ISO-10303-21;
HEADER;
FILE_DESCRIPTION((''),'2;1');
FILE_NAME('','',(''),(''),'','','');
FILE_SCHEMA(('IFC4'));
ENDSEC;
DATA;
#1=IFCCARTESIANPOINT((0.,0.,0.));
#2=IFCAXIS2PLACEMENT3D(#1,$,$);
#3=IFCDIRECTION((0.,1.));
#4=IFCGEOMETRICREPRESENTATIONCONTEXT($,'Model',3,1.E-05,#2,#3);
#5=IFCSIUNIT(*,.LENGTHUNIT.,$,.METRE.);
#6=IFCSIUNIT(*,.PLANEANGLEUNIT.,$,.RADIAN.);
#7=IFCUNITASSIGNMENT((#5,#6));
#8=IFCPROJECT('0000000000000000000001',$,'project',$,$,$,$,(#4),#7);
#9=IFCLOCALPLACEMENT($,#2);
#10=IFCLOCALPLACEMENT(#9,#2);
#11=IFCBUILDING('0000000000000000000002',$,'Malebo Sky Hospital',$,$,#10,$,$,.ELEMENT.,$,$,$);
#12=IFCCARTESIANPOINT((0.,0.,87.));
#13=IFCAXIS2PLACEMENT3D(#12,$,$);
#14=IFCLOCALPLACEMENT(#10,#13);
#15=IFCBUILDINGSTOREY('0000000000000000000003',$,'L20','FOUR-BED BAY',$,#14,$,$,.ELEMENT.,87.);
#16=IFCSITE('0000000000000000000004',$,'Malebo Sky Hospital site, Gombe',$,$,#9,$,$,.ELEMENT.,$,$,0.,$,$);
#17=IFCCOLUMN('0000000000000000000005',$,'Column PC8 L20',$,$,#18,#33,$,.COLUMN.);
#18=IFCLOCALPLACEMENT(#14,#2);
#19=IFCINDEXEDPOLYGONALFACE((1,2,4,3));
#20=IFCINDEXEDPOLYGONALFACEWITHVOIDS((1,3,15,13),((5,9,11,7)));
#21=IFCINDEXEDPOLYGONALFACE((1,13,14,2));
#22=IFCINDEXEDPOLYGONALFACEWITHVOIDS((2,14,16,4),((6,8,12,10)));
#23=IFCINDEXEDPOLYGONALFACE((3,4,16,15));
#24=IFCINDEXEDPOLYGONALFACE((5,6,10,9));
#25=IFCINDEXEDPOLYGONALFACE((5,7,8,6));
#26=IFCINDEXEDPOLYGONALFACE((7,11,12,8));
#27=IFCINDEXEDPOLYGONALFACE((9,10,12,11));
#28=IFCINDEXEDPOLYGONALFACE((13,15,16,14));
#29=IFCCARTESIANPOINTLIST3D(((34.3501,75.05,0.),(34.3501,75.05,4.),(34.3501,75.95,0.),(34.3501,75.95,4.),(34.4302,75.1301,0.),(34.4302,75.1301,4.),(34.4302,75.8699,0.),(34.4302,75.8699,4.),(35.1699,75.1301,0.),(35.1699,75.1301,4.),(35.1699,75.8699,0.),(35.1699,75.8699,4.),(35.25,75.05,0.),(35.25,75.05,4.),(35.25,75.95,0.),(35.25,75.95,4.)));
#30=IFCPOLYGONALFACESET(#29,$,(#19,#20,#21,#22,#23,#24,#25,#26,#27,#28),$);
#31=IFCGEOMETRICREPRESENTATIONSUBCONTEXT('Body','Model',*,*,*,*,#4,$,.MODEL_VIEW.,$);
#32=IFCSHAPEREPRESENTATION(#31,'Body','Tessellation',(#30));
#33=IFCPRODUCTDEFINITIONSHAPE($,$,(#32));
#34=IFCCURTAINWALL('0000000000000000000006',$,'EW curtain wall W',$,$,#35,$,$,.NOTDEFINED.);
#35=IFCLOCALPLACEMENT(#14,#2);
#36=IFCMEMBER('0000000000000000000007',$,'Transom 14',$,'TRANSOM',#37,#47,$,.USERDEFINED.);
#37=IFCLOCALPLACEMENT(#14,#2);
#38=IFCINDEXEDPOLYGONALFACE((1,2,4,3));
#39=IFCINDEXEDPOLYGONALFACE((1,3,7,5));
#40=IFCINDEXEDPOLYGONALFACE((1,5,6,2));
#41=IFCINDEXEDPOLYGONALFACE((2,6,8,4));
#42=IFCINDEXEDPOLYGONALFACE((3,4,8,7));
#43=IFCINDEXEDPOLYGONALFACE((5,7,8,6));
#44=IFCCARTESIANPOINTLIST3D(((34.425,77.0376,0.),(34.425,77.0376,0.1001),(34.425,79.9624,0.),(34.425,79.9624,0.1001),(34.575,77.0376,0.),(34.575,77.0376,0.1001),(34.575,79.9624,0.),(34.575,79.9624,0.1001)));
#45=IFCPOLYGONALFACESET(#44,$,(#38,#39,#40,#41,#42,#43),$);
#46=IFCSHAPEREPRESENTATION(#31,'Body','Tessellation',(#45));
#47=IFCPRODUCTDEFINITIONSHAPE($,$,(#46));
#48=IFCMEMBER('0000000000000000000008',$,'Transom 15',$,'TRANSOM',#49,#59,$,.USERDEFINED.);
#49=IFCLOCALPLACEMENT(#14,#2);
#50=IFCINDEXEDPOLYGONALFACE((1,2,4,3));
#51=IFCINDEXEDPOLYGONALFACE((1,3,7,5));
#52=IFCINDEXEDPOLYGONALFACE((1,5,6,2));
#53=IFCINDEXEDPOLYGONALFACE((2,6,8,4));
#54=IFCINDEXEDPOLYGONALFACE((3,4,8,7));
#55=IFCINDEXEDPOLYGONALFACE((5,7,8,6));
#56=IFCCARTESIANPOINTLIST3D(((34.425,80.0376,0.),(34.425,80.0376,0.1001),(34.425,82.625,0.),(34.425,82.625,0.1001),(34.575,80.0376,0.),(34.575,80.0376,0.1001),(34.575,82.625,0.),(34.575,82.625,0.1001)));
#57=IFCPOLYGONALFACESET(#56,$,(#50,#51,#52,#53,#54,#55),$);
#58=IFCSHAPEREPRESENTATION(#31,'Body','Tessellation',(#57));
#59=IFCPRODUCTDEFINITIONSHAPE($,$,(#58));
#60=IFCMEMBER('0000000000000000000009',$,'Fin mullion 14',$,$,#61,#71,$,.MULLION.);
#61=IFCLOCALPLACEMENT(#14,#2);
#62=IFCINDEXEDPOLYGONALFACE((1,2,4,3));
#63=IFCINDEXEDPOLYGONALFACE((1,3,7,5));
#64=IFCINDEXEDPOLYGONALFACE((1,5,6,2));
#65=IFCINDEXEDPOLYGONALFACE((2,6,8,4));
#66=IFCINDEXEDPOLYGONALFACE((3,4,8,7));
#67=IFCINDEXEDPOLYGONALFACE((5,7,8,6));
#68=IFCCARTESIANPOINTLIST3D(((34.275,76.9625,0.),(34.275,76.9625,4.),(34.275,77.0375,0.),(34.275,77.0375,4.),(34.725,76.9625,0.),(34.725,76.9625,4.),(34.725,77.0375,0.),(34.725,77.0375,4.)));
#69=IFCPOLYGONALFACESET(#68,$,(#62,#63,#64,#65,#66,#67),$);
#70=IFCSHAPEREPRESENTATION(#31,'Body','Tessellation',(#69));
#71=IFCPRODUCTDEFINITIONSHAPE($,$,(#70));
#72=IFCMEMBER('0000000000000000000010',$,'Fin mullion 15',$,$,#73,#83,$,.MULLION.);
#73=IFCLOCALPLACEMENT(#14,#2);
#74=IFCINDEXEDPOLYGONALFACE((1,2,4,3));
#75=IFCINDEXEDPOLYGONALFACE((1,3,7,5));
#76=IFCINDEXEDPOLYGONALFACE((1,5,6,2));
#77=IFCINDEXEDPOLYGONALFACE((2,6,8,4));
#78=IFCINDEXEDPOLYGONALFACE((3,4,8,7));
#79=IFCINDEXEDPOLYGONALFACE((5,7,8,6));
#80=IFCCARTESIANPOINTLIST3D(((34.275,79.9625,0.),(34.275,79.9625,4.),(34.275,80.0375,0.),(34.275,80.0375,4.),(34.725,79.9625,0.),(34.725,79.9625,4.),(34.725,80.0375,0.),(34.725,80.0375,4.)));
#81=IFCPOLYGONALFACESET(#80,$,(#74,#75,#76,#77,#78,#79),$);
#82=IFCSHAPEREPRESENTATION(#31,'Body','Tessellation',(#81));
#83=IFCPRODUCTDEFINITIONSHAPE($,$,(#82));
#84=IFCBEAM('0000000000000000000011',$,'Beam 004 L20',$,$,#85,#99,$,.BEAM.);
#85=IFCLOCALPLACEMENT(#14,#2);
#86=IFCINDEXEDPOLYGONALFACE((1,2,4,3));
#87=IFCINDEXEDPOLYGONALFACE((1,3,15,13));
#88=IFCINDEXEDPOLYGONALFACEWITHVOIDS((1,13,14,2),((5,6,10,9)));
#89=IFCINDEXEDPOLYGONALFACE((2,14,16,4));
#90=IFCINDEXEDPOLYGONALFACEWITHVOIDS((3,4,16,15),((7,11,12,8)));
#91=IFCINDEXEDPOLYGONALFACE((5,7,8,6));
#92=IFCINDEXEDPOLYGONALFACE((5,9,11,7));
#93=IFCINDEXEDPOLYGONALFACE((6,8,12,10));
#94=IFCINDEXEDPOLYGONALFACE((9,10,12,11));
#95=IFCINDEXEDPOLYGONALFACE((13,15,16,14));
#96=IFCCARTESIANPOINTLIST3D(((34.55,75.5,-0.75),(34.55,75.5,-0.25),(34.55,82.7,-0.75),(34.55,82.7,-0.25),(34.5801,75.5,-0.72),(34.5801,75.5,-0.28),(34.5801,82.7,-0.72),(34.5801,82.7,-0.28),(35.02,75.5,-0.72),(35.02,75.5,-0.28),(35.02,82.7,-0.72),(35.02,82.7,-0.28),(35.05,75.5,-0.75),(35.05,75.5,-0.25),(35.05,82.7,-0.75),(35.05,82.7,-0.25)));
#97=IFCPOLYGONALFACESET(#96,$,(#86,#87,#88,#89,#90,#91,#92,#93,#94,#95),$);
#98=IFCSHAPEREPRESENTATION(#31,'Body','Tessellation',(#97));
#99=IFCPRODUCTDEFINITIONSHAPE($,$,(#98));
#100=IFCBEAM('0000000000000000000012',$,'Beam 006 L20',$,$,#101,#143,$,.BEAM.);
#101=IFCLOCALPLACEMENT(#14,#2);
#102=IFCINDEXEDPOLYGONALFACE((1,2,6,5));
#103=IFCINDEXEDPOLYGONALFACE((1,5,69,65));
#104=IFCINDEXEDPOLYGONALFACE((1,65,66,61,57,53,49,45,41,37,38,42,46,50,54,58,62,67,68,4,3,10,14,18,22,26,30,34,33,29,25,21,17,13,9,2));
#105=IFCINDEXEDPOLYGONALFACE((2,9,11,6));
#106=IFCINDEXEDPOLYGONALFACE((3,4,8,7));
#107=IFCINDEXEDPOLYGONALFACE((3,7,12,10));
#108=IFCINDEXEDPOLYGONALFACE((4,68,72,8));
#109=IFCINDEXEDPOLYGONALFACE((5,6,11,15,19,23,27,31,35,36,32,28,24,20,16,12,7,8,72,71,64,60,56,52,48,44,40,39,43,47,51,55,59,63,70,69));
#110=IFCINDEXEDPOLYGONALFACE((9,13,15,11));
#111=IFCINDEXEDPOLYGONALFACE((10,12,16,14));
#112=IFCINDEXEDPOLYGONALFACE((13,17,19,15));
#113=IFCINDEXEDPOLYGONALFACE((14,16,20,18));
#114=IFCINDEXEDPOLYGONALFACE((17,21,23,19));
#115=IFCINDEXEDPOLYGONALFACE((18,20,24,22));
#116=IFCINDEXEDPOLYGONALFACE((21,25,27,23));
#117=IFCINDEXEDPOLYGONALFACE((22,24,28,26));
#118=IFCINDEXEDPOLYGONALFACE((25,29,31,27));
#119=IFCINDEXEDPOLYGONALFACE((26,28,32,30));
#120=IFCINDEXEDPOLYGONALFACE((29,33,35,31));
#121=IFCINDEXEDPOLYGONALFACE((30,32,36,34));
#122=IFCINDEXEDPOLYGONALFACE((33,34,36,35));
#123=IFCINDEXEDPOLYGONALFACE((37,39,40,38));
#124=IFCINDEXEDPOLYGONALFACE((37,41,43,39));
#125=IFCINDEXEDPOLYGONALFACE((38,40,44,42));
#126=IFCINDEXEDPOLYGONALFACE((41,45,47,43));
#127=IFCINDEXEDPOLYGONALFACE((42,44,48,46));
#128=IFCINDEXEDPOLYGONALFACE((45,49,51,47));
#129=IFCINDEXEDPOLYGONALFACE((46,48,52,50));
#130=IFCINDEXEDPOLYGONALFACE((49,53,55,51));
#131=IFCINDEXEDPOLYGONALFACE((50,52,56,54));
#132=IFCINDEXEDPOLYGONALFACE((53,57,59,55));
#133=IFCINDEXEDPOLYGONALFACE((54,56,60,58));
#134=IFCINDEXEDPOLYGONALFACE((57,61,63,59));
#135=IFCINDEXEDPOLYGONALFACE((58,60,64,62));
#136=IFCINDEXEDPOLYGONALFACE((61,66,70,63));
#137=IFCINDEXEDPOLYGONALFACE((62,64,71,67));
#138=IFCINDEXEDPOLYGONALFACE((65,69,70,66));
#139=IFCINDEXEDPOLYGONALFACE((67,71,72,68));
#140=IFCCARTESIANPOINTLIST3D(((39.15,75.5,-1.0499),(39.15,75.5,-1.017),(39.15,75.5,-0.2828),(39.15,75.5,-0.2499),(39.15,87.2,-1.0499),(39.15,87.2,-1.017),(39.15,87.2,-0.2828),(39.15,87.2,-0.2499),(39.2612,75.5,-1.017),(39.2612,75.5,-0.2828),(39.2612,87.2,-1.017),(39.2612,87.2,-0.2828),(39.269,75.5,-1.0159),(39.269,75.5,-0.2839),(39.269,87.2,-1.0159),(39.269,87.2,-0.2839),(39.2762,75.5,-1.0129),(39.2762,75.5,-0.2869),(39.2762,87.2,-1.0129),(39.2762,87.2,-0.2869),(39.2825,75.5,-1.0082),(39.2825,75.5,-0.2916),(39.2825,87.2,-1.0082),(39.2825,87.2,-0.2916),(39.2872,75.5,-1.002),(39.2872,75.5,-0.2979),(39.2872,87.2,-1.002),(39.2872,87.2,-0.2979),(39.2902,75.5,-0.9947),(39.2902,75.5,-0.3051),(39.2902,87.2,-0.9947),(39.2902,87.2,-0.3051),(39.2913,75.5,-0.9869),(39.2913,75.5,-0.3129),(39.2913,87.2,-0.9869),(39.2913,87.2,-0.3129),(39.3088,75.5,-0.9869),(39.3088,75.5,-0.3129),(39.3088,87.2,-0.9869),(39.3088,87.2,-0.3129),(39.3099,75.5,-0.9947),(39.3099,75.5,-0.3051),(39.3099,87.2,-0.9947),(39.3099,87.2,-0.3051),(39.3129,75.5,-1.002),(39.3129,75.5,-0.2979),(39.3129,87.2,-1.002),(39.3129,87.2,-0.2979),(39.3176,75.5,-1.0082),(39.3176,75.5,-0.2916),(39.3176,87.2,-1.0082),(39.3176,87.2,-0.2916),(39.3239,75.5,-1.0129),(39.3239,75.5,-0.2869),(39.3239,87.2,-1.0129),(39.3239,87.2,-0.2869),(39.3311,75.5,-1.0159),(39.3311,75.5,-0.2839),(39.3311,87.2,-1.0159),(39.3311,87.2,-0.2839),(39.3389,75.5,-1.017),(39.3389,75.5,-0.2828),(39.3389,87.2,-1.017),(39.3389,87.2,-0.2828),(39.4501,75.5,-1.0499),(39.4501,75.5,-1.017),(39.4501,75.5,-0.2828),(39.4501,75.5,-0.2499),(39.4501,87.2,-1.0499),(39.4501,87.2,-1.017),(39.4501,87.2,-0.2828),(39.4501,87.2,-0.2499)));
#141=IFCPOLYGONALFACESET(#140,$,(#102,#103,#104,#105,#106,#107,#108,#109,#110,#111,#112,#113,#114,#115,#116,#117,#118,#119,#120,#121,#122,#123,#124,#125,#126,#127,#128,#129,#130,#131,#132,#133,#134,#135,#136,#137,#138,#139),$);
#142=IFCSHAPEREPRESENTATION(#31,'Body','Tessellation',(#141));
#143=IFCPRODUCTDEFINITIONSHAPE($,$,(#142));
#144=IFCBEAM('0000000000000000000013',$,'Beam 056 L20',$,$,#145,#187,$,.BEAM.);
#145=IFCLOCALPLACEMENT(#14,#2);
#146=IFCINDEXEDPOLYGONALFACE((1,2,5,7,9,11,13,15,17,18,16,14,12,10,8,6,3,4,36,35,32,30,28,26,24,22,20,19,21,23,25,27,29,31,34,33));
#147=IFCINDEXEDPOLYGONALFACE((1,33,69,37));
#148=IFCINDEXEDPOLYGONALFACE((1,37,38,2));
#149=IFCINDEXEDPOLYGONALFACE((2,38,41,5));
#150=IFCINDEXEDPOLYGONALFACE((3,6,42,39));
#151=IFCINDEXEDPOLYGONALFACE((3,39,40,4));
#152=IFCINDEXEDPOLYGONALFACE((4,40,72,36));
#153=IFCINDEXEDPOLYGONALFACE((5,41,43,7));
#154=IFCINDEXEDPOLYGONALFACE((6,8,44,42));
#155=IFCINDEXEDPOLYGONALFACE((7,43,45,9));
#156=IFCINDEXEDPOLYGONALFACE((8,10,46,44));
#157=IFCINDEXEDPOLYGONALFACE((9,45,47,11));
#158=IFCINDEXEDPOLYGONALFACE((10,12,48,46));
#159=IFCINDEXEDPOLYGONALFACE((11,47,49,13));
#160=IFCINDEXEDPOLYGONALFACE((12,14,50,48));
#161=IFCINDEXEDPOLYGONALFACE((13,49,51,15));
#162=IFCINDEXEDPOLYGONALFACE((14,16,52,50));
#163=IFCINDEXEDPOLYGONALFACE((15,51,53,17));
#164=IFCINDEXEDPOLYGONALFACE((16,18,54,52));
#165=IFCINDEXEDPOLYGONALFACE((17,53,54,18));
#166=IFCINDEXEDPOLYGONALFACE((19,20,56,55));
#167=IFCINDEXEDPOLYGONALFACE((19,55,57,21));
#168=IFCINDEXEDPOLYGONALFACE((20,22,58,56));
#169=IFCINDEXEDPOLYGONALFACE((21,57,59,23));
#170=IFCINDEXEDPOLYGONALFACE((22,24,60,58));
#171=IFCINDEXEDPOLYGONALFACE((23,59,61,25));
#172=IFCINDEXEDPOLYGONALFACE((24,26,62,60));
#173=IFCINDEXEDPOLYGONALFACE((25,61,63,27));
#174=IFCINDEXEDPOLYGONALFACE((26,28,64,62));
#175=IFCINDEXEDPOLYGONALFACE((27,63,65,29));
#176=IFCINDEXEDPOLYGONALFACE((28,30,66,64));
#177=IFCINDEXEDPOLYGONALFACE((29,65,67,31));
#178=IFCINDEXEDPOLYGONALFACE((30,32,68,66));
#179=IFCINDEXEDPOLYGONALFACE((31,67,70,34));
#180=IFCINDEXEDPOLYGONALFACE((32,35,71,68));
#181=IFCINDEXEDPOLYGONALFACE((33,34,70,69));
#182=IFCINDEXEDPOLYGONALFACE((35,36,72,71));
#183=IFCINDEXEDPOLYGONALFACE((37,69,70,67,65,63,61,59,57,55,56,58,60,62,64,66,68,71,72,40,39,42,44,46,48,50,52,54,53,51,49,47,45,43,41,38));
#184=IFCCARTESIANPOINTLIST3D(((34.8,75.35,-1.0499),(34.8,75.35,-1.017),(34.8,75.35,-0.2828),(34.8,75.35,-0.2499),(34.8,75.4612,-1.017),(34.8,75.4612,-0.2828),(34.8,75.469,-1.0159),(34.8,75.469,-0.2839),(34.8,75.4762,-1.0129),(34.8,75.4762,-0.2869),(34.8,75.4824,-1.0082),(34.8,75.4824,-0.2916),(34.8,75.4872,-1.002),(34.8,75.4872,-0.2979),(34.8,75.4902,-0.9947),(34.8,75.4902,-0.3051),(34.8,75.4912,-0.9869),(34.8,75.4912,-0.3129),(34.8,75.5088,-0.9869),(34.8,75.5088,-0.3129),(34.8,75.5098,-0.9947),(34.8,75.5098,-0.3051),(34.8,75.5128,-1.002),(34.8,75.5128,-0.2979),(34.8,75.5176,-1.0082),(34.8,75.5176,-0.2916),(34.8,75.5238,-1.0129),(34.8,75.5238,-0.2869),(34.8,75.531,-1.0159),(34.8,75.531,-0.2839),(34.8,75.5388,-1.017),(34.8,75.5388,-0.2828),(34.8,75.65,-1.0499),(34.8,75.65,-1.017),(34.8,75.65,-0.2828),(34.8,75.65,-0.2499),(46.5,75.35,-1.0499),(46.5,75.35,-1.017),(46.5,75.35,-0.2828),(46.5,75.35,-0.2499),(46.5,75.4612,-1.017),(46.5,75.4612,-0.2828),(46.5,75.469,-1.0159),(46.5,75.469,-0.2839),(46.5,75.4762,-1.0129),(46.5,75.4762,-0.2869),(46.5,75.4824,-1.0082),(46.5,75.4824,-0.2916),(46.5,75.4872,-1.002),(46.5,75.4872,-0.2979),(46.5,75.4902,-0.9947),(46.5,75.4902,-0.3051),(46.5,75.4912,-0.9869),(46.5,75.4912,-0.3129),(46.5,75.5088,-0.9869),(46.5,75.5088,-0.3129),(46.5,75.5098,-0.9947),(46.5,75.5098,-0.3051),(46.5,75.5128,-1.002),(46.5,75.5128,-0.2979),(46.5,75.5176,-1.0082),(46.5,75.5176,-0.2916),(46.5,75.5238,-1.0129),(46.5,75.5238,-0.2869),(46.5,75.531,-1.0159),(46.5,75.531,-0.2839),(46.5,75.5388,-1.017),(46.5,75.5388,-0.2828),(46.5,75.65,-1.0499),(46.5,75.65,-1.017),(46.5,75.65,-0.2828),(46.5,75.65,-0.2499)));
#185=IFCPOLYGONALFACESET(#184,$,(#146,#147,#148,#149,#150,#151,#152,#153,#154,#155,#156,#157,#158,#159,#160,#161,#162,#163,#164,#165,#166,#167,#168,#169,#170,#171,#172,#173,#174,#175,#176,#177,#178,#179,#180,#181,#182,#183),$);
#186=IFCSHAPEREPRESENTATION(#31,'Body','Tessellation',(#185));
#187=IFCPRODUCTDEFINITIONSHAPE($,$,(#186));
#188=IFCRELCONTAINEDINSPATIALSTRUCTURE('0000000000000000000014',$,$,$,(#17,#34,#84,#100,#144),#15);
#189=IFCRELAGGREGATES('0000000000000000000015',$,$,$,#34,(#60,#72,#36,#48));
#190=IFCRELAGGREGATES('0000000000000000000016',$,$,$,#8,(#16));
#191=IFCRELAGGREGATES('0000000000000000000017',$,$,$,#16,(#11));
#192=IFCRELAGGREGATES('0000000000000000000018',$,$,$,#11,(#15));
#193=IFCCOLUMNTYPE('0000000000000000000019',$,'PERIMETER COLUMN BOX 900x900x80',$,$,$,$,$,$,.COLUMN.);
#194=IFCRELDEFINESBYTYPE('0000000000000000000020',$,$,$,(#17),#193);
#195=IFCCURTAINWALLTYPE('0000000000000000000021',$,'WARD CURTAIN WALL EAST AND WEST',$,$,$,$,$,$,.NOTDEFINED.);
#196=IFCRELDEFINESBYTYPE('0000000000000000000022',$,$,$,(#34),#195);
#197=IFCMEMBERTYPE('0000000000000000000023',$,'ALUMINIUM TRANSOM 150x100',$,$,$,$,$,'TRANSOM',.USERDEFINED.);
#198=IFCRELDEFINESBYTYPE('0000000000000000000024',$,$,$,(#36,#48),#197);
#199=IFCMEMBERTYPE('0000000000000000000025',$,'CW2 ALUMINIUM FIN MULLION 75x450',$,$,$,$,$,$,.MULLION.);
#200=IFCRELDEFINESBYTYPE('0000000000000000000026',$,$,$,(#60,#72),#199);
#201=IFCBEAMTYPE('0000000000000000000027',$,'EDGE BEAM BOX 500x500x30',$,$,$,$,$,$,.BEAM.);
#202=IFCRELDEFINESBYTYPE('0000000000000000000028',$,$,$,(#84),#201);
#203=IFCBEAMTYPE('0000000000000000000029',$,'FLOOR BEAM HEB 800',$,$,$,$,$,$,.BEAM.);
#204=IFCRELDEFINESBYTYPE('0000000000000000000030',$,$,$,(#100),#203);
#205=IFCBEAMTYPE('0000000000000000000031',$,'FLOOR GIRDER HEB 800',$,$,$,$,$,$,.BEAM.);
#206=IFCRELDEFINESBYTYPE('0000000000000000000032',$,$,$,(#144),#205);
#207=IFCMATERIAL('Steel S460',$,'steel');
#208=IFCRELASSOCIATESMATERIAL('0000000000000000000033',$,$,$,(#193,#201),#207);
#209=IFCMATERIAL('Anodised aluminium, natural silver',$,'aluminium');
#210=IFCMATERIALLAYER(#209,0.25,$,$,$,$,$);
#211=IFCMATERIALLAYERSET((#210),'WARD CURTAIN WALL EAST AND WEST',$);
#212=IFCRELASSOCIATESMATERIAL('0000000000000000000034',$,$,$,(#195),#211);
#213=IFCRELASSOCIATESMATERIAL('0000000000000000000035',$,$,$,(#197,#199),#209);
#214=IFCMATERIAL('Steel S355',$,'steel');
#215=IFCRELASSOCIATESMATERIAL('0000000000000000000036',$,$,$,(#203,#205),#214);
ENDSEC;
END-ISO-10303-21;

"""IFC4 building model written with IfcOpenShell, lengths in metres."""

from ifc_helpers import new_model, si_unit, direction, frame, origin, origin_2d, place, context, subcontext, project, spatial, rectangle, hollow_rectangle, i_section, extrude, material, layer, layer_set, material_profile, profile_set, type_object, element, aggregate, save


model = new_model("IFC4")

# Units and contexts
model_context = context("Model", 3, precision=1e-05, world=origin(), true_north=direction((0.0, 1.0)))
body_context = subcontext(model_context, "Body", "Model", "MODEL_VIEW")
ifc_project = project(units=[si_unit("LENGTHUNIT", "METRE"), si_unit("PLANEANGLEUNIT", "RADIAN")], contexts=[model_context])

# Site, building, storey
site_placement = place(None, origin())
site = spatial("IfcSite", under=ifc_project, at=site_placement, Name="Malebo Sky Hospital site, Gombe", CompositionType="ELEMENT", RefElevation=0.0)
building_placement = place(site_placement, origin())
building = spatial("IfcBuilding", under=site, at=building_placement, Name="Malebo Sky Hospital", CompositionType="ELEMENT")
storey_placement = place(building_placement, frame((0.0, 0.0, 87.0)))
storey = spatial("IfcBuildingStorey", under=building, at=storey_placement, Name="L20", Description="FOUR-BED BAY", CompositionType="ELEMENT", Elevation=87.0)

# Column
ifc_material_1 = material(Name="Steel S460", Category="steel")
ifc_material_profile_1 = material_profile(ifc_material_1, hollow_rectangle(XDim=0.8999, YDim=0.8999, WallThickness=0.0801, at=origin_2d()), Name="BOX 900x900x80")
ifc_profile_set_1 = profile_set([ifc_material_profile_1], Name="Steel S460")
column_type = type_object("IfcColumnType", Name="PERIMETER COLUMN BOX 900x900x80", PredefinedType="COLUMN", material=ifc_profile_set_1)
column_placement = place(storey_placement, frame((34.8, 75.5, 0.0), z_axis=(0.0, 0.0, 1.0), x_axis=(1.0, 0.0, 0.0)))
element("IfcColumn", 1, at=column_placement, inside=storey, type_object=column_type, Name="Column PC8 L20", PredefinedType="COLUMN", context=body_context, shape_type="SweptSolid", body=[
    extrude(hollow_rectangle(XDim=0.8999, YDim=0.8999, WallThickness=0.0801, at=origin_2d()), origin(), (0.0, 0.0, 1.0), 4.0),
])

# Curtain wall, members
ifc_material_2 = material(Name="Anodised aluminium, natural silver", Category="aluminium")
ifc_layer_1 = layer(ifc_material_2, 0.25)
ifc_layer_set_1 = layer_set([ifc_layer_1], Name="WARD CURTAIN WALL EAST AND WEST")
curtain_wall_type = type_object("IfcCurtainWallType", Name="WARD CURTAIN WALL EAST AND WEST", PredefinedType="NOTDEFINED", material=ifc_layer_set_1)
curtain_wall_placement = place(storey_placement, origin())
curtain_wall = element("IfcCurtainWall", 2, at=curtain_wall_placement, inside=storey, type_object=curtain_wall_type, Name="EW curtain wall W", PredefinedType="NOTDEFINED")
ifc_material_profile_2 = material_profile(ifc_material_2, rectangle(XDim=0.1499, YDim=0.1001, at=origin_2d()), Name="ALUMINIUM TRANSOM 150x100")
ifc_profile_set_2 = profile_set([ifc_material_profile_2], Name="Anodised aluminium, natural silver")
member_type_1 = type_object("IfcMemberType", Name="ALUMINIUM TRANSOM 150x100", ElementType="TRANSOM", PredefinedType="USERDEFINED", material=ifc_profile_set_2)
member_1_placement = place(storey_placement, frame((34.5, 77.0376, 0.05), z_axis=(0.0, 1.0, 0.0), x_axis=(-1.0, 0.0, 0.0)))
member_1 = element("IfcMember", 3, at=member_1_placement, type_object=member_type_1, Name="Transom 14", ObjectType="TRANSOM", PredefinedType="USERDEFINED", context=body_context, shape_type="SweptSolid", body=[
    extrude(rectangle(XDim=0.1499, YDim=0.1001, at=origin_2d()), origin(), (0.0, 0.0, 1.0), 2.9248),
])
member_2_placement = place(storey_placement, frame((34.5, 80.0376, 0.05), z_axis=(0.0, 1.0, 0.0), x_axis=(-1.0, 0.0, 0.0)))
member_2 = element("IfcMember", 4, at=member_2_placement, type_object=member_type_1, Name="Transom 15", ObjectType="TRANSOM", PredefinedType="USERDEFINED", context=body_context, shape_type="SweptSolid", body=[
    extrude(rectangle(XDim=0.1499, YDim=0.1001, at=origin_2d()), origin(), (0.0, 0.0, 1.0), 2.5874),
])
ifc_material_profile_3 = material_profile(ifc_material_2, rectangle(XDim=0.075, YDim=0.45, at=origin_2d()), Name="CW2 ALUMINIUM FIN MULLION 75x450")
ifc_profile_set_3 = profile_set([ifc_material_profile_3], Name="Anodised aluminium, natural silver")
member_type_2 = type_object("IfcMemberType", Name="CW2 ALUMINIUM FIN MULLION 75x450", PredefinedType="MULLION", material=ifc_profile_set_3)
member_3_placement = place(storey_placement, frame((34.5, 77.0, 0.0), z_axis=(0.0, 0.0, 1.0), x_axis=(0.0, 1.0, 0.0)))
member_3 = element("IfcMember", 5, at=member_3_placement, type_object=member_type_2, Name="Fin mullion 14", PredefinedType="MULLION", context=body_context, shape_type="SweptSolid", body=[
    extrude(rectangle(XDim=0.075, YDim=0.45, at=origin_2d()), origin(), (0.0, 0.0, 1.0), 4.0),
])
member_4_placement = place(storey_placement, frame((34.5, 80.0, 0.0), z_axis=(0.0, 0.0, 1.0), x_axis=(0.0, 1.0, 0.0)))
member_4 = element("IfcMember", 6, at=member_4_placement, type_object=member_type_2, Name="Fin mullion 15", PredefinedType="MULLION", context=body_context, shape_type="SweptSolid", body=[
    extrude(rectangle(XDim=0.075, YDim=0.45, at=origin_2d()), origin(), (0.0, 0.0, 1.0), 4.0),
])

# Beams
ifc_material_profile_4 = material_profile(ifc_material_1, hollow_rectangle(XDim=0.5, YDim=0.5, WallThickness=0.03, at=origin_2d()), Name="BOX 500x500x30")
ifc_profile_set_4 = profile_set([ifc_material_profile_4], Name="Steel S460")
beam_type_1 = type_object("IfcBeamType", Name="EDGE BEAM BOX 500x500x30", PredefinedType="BEAM", material=ifc_profile_set_4)
beam_1_placement = place(storey_placement, frame((34.8, 75.5, -0.5), z_axis=(0.0, 1.0, 0.0), x_axis=(-1.0, 0.0, 0.0)))
element("IfcBeam", 7, at=beam_1_placement, inside=storey, type_object=beam_type_1, Name="Beam 004 L20", PredefinedType="BEAM", context=body_context, shape_type="SweptSolid", body=[
    extrude(hollow_rectangle(XDim=0.5, YDim=0.5, WallThickness=0.03, at=origin_2d()), origin(), (0.0, 0.0, 1.0), 7.2),
])
ifc_material_3 = material(Name="Steel S355", Category="steel")
ifc_material_profile_5 = material_profile(ifc_material_3, i_section(OverallWidth=0.3, OverallDepth=0.8, WebThickness=0.0176, FlangeThickness=0.033, FilletRadius=0.03, at=origin_2d()), Name="HEB 800")
ifc_profile_set_5 = profile_set([ifc_material_profile_5], Name="Steel S355")
beam_type_2 = type_object("IfcBeamType", Name="FLOOR BEAM HEB 800", PredefinedType="BEAM", material=ifc_profile_set_5)
beam_2_placement = place(storey_placement, frame((39.3, 75.5, -0.6499), z_axis=(0.0, 1.0, 0.0), x_axis=(-1.0, 0.0, 0.0)))
element("IfcBeam", 8, at=beam_2_placement, inside=storey, type_object=beam_type_2, Name="Beam 006 L20", PredefinedType="BEAM", context=body_context, shape_type="SweptSolid", body=[
    extrude(i_section(OverallWidth=0.3, OverallDepth=0.8, WebThickness=0.0176, FlangeThickness=0.033, FilletRadius=0.03, at=origin_2d()), origin(), (0.0, 0.0, 1.0), 11.7),
])
ifc_material_profile_6 = material_profile(ifc_material_3, i_section(OverallWidth=0.3, OverallDepth=0.8, WebThickness=0.0176, FlangeThickness=0.033, FilletRadius=0.03, at=origin_2d()), Name="HEB 800")
ifc_profile_set_6 = profile_set([ifc_material_profile_6], Name="Steel S355")
beam_type_3 = type_object("IfcBeamType", Name="FLOOR GIRDER HEB 800", PredefinedType="BEAM", material=ifc_profile_set_6)
beam_3_placement = place(storey_placement, frame((34.8, 75.5, -0.6499), z_axis=(1.0, 0.0, 0.0), x_axis=(0.0, 1.0, 0.0)))
element("IfcBeam", 9, at=beam_3_placement, inside=storey, type_object=beam_type_3, Name="Beam 056 L20", PredefinedType="BEAM", context=body_context, shape_type="SweptSolid", body=[
    extrude(i_section(OverallWidth=0.3, OverallDepth=0.8, WebThickness=0.0176, FlangeThickness=0.033, FilletRadius=0.03, at=origin_2d()), origin(), (0.0, 0.0, 1.0), 11.7),
])

aggregate(curtain_wall, [member_3, member_4, member_1, member_2])

save(model, "model.ifc")
